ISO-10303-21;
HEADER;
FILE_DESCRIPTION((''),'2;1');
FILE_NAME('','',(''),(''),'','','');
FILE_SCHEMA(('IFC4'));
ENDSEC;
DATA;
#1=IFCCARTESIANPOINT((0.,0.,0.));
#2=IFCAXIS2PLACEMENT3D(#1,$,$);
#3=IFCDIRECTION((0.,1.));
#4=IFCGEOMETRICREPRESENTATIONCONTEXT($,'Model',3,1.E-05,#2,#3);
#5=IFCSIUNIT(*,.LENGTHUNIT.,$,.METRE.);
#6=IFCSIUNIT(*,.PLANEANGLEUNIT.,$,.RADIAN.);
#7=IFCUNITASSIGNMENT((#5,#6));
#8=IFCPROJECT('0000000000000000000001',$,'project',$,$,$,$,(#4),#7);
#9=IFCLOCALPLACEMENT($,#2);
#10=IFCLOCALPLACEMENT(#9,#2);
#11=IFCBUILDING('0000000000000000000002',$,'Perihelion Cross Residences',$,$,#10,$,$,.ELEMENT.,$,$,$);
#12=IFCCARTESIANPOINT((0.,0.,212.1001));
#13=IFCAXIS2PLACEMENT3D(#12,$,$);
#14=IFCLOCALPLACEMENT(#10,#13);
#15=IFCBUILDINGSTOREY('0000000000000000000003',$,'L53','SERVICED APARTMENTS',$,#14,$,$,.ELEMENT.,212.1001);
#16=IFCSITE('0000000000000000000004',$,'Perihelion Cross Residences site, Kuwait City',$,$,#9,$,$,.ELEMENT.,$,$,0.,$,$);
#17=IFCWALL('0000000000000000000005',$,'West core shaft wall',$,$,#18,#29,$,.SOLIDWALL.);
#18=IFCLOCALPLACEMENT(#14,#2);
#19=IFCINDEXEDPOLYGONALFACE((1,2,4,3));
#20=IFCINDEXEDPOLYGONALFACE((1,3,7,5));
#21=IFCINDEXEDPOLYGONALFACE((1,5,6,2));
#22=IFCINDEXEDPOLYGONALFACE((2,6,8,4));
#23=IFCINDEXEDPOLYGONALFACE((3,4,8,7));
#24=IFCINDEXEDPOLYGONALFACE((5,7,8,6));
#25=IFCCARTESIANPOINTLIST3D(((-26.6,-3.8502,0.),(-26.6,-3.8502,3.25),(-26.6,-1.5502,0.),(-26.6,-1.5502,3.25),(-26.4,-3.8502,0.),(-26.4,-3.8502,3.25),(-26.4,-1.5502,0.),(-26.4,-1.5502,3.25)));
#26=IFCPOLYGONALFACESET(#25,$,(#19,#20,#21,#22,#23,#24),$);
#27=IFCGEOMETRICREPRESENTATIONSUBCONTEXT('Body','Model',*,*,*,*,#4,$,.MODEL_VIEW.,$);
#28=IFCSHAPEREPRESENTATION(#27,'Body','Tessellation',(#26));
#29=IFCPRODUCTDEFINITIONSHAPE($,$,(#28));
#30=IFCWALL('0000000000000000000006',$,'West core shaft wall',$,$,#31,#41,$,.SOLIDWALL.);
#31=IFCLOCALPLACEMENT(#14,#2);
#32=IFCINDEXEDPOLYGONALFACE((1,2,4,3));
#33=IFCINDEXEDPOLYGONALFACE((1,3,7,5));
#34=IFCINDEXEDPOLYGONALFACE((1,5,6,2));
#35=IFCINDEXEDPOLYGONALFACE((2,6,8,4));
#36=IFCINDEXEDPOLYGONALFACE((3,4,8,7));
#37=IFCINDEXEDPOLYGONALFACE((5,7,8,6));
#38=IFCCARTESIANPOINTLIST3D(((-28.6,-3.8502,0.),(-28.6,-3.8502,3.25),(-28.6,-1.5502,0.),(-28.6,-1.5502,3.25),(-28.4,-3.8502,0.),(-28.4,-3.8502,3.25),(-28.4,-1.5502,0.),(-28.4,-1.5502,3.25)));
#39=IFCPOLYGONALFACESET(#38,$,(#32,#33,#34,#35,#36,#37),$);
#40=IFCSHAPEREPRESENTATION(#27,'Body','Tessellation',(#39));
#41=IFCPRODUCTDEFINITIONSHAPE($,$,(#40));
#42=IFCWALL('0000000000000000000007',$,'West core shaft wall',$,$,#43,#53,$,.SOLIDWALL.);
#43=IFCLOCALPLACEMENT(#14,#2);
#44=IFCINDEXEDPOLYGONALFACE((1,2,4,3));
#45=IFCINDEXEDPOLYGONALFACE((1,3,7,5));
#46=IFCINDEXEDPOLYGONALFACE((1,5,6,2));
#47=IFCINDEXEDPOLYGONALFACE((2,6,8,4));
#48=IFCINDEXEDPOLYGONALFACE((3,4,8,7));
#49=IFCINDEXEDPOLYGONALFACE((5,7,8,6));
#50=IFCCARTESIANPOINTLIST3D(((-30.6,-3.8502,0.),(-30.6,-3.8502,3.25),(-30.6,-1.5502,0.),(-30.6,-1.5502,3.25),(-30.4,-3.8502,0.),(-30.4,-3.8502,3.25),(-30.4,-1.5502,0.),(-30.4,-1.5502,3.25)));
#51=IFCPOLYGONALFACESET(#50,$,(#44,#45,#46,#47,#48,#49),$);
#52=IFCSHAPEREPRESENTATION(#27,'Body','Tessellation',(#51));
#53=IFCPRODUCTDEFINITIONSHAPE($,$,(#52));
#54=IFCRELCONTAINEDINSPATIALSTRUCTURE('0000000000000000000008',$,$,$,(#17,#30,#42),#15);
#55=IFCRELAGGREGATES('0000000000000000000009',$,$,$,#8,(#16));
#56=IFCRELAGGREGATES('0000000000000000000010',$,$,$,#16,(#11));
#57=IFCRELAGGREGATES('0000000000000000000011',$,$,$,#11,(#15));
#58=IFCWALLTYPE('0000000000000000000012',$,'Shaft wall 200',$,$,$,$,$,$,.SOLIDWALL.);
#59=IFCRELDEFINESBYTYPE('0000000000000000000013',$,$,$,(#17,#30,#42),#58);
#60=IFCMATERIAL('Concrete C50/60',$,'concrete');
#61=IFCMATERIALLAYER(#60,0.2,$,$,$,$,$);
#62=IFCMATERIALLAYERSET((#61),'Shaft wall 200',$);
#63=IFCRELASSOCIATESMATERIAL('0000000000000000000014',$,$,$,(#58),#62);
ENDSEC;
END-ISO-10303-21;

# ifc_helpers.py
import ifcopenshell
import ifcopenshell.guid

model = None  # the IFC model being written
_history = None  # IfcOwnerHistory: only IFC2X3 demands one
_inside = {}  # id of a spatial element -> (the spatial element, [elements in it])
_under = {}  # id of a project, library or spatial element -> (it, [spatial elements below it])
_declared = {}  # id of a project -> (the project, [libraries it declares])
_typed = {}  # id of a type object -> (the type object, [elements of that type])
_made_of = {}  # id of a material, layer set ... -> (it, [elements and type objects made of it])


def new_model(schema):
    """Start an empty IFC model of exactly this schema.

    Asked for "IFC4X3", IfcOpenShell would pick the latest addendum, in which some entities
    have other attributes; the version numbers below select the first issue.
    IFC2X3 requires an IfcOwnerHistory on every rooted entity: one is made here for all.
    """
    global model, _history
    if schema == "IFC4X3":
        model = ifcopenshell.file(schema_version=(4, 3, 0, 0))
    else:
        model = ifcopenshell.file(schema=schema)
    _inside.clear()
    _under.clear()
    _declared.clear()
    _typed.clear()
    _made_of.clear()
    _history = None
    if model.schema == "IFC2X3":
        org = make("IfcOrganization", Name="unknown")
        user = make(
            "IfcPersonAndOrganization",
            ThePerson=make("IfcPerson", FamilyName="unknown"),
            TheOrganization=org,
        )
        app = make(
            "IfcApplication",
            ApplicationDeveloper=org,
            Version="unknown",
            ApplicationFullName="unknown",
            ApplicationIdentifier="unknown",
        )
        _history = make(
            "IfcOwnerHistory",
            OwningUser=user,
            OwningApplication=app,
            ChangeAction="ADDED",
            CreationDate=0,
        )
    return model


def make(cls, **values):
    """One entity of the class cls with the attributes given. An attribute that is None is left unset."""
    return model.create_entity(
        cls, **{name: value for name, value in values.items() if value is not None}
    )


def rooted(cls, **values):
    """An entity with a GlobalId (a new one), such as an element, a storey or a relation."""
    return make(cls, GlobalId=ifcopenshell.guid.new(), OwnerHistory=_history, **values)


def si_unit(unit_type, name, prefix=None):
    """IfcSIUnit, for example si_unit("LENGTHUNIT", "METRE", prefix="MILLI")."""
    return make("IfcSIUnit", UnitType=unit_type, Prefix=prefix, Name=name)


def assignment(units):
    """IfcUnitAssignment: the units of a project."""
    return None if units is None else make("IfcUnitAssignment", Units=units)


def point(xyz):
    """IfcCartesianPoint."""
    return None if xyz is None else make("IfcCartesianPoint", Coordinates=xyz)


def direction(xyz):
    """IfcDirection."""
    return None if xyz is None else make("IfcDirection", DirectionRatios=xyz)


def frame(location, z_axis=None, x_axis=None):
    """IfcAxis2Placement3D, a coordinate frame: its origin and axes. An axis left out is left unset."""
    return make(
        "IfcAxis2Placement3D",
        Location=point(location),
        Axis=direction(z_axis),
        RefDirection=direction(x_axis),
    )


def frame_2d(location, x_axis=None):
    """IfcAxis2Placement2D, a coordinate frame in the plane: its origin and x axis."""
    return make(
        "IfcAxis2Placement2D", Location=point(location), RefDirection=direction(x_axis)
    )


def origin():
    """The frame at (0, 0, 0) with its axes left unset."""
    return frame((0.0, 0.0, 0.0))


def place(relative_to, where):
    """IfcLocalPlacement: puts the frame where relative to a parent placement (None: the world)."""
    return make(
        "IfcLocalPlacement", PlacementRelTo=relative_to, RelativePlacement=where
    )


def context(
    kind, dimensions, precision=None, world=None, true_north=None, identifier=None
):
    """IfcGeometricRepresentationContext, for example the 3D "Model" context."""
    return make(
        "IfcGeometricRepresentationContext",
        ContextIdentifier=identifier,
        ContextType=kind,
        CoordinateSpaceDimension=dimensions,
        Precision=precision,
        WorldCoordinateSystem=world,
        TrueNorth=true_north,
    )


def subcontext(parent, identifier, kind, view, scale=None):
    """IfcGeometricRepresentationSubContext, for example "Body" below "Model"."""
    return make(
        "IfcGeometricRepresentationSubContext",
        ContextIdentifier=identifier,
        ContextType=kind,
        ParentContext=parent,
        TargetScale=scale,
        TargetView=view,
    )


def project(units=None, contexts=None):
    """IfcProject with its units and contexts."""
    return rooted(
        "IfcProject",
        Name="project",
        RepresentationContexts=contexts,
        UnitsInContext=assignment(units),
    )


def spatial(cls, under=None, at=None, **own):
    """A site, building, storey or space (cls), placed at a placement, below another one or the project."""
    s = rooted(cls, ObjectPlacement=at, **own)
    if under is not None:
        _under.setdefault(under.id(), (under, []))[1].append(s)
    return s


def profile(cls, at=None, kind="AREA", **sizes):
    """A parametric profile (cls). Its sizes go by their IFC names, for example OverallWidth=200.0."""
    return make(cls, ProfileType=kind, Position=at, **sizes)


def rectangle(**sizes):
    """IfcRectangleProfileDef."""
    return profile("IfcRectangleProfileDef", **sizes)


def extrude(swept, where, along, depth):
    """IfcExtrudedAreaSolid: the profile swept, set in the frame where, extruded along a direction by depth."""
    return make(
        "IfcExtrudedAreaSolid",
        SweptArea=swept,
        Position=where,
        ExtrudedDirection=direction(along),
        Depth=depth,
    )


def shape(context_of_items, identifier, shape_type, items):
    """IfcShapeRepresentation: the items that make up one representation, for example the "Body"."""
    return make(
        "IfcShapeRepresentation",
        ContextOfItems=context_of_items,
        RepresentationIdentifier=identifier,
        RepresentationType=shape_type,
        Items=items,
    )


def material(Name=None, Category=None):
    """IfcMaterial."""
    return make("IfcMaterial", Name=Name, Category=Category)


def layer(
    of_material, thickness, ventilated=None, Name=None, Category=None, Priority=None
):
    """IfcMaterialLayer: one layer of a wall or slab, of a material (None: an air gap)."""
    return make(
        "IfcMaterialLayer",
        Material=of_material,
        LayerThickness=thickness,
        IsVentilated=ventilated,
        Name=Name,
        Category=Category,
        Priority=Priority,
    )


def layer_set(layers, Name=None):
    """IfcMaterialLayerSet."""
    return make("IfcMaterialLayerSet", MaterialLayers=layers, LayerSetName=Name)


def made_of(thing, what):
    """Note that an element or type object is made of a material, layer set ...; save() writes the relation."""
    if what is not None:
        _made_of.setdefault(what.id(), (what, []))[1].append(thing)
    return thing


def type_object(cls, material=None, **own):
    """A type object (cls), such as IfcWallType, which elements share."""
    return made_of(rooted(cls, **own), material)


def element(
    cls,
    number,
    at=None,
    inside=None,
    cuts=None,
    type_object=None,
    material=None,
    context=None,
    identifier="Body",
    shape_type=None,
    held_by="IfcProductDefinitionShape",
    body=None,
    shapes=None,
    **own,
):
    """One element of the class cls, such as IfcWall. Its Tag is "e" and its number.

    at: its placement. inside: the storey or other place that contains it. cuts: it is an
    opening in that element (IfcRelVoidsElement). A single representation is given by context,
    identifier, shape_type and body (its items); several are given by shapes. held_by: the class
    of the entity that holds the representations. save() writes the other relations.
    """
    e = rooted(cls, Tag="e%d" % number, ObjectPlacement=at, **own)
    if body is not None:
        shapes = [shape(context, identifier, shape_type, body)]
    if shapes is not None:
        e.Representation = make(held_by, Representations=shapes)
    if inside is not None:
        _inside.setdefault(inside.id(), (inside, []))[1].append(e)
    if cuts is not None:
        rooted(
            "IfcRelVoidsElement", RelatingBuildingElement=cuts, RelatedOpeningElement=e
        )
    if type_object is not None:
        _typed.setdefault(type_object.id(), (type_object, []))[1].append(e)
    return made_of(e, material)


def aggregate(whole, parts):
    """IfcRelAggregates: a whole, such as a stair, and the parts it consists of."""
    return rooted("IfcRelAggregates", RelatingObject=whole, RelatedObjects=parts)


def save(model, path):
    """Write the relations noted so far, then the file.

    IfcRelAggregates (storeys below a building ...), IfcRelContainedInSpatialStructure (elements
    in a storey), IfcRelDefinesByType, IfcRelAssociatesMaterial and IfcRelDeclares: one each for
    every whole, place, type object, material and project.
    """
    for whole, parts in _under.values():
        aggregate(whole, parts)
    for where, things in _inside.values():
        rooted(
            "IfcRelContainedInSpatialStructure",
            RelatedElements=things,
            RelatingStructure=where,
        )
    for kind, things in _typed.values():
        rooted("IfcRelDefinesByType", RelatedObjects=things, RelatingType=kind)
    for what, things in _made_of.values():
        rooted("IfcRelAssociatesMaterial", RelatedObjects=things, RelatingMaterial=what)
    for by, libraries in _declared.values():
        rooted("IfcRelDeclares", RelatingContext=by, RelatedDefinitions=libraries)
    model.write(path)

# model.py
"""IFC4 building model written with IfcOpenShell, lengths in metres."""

from ifc_helpers import new_model, si_unit, direction, frame, frame_2d, origin, place, context, subcontext, project, spatial, rectangle, extrude, material, layer, layer_set, type_object, element, save


model = new_model("IFC4")

# Units and contexts
model_context = context("Model", 3, precision=1e-05, world=origin(), true_north=direction((0.0, 1.0)))
body_context = subcontext(model_context, "Body", "Model", "MODEL_VIEW")
ifc_project = project(units=[si_unit("LENGTHUNIT", "METRE"), si_unit("PLANEANGLEUNIT", "RADIAN")], contexts=[model_context])

# Site, building, storey
site_placement = place(None, origin())
site = spatial("IfcSite", under=ifc_project, at=site_placement, Name="Perihelion Cross Residences site, Kuwait City", CompositionType="ELEMENT", RefElevation=0.0)
building_placement = place(site_placement, origin())
building = spatial("IfcBuilding", under=site, at=building_placement, Name="Perihelion Cross Residences", CompositionType="ELEMENT")
storey_placement = place(building_placement, frame((0.0, 0.0, 212.1001)))
storey = spatial("IfcBuildingStorey", under=building, at=storey_placement, Name="L53", Description="SERVICED APARTMENTS", CompositionType="ELEMENT", Elevation=212.1001)

# Shared definitions
ifc_material_1 = material(Name="Concrete C50/60", Category="concrete")
ifc_layer_1 = layer(ifc_material_1, 0.2)
ifc_layer_set_1 = layer_set([ifc_layer_1], Name="Shaft wall 200")
wall_type_1 = type_object("IfcWallType", Name="Shaft wall 200", PredefinedType="SOLIDWALL", material=ifc_layer_set_1)

# Walls
for number, where, z_axis, x_axis, name in (
    (1, (-26.5, -3.8501, 0.0), (0.0, 0.0, 1.0), (0.0, 1.0, 0.0), "West core shaft wall"),
    (2, (-28.5, -3.8501, 0.0), (0.0, 0.0, 1.0), (0.0, 1.0, 0.0), "West core shaft wall"),
    (3, (-30.5, -3.8501, 0.0), (0.0, 0.0, 1.0), (0.0, 1.0, 0.0), "West core shaft wall"),
):
    element("IfcWall", number, at=place(storey_placement, frame(where, z_axis=z_axis, x_axis=x_axis)), inside=storey, type_object=wall_type_1, Name=name, PredefinedType="SOLIDWALL", context=body_context, shape_type="SweptSolid", body=[
        extrude(rectangle(XDim=2.3, YDim=0.2, at=frame_2d((1.1499, 0.0))), origin(), (0.0, 0.0, 1.0), 3.25),
    ])

save(model, "model.ifc")
